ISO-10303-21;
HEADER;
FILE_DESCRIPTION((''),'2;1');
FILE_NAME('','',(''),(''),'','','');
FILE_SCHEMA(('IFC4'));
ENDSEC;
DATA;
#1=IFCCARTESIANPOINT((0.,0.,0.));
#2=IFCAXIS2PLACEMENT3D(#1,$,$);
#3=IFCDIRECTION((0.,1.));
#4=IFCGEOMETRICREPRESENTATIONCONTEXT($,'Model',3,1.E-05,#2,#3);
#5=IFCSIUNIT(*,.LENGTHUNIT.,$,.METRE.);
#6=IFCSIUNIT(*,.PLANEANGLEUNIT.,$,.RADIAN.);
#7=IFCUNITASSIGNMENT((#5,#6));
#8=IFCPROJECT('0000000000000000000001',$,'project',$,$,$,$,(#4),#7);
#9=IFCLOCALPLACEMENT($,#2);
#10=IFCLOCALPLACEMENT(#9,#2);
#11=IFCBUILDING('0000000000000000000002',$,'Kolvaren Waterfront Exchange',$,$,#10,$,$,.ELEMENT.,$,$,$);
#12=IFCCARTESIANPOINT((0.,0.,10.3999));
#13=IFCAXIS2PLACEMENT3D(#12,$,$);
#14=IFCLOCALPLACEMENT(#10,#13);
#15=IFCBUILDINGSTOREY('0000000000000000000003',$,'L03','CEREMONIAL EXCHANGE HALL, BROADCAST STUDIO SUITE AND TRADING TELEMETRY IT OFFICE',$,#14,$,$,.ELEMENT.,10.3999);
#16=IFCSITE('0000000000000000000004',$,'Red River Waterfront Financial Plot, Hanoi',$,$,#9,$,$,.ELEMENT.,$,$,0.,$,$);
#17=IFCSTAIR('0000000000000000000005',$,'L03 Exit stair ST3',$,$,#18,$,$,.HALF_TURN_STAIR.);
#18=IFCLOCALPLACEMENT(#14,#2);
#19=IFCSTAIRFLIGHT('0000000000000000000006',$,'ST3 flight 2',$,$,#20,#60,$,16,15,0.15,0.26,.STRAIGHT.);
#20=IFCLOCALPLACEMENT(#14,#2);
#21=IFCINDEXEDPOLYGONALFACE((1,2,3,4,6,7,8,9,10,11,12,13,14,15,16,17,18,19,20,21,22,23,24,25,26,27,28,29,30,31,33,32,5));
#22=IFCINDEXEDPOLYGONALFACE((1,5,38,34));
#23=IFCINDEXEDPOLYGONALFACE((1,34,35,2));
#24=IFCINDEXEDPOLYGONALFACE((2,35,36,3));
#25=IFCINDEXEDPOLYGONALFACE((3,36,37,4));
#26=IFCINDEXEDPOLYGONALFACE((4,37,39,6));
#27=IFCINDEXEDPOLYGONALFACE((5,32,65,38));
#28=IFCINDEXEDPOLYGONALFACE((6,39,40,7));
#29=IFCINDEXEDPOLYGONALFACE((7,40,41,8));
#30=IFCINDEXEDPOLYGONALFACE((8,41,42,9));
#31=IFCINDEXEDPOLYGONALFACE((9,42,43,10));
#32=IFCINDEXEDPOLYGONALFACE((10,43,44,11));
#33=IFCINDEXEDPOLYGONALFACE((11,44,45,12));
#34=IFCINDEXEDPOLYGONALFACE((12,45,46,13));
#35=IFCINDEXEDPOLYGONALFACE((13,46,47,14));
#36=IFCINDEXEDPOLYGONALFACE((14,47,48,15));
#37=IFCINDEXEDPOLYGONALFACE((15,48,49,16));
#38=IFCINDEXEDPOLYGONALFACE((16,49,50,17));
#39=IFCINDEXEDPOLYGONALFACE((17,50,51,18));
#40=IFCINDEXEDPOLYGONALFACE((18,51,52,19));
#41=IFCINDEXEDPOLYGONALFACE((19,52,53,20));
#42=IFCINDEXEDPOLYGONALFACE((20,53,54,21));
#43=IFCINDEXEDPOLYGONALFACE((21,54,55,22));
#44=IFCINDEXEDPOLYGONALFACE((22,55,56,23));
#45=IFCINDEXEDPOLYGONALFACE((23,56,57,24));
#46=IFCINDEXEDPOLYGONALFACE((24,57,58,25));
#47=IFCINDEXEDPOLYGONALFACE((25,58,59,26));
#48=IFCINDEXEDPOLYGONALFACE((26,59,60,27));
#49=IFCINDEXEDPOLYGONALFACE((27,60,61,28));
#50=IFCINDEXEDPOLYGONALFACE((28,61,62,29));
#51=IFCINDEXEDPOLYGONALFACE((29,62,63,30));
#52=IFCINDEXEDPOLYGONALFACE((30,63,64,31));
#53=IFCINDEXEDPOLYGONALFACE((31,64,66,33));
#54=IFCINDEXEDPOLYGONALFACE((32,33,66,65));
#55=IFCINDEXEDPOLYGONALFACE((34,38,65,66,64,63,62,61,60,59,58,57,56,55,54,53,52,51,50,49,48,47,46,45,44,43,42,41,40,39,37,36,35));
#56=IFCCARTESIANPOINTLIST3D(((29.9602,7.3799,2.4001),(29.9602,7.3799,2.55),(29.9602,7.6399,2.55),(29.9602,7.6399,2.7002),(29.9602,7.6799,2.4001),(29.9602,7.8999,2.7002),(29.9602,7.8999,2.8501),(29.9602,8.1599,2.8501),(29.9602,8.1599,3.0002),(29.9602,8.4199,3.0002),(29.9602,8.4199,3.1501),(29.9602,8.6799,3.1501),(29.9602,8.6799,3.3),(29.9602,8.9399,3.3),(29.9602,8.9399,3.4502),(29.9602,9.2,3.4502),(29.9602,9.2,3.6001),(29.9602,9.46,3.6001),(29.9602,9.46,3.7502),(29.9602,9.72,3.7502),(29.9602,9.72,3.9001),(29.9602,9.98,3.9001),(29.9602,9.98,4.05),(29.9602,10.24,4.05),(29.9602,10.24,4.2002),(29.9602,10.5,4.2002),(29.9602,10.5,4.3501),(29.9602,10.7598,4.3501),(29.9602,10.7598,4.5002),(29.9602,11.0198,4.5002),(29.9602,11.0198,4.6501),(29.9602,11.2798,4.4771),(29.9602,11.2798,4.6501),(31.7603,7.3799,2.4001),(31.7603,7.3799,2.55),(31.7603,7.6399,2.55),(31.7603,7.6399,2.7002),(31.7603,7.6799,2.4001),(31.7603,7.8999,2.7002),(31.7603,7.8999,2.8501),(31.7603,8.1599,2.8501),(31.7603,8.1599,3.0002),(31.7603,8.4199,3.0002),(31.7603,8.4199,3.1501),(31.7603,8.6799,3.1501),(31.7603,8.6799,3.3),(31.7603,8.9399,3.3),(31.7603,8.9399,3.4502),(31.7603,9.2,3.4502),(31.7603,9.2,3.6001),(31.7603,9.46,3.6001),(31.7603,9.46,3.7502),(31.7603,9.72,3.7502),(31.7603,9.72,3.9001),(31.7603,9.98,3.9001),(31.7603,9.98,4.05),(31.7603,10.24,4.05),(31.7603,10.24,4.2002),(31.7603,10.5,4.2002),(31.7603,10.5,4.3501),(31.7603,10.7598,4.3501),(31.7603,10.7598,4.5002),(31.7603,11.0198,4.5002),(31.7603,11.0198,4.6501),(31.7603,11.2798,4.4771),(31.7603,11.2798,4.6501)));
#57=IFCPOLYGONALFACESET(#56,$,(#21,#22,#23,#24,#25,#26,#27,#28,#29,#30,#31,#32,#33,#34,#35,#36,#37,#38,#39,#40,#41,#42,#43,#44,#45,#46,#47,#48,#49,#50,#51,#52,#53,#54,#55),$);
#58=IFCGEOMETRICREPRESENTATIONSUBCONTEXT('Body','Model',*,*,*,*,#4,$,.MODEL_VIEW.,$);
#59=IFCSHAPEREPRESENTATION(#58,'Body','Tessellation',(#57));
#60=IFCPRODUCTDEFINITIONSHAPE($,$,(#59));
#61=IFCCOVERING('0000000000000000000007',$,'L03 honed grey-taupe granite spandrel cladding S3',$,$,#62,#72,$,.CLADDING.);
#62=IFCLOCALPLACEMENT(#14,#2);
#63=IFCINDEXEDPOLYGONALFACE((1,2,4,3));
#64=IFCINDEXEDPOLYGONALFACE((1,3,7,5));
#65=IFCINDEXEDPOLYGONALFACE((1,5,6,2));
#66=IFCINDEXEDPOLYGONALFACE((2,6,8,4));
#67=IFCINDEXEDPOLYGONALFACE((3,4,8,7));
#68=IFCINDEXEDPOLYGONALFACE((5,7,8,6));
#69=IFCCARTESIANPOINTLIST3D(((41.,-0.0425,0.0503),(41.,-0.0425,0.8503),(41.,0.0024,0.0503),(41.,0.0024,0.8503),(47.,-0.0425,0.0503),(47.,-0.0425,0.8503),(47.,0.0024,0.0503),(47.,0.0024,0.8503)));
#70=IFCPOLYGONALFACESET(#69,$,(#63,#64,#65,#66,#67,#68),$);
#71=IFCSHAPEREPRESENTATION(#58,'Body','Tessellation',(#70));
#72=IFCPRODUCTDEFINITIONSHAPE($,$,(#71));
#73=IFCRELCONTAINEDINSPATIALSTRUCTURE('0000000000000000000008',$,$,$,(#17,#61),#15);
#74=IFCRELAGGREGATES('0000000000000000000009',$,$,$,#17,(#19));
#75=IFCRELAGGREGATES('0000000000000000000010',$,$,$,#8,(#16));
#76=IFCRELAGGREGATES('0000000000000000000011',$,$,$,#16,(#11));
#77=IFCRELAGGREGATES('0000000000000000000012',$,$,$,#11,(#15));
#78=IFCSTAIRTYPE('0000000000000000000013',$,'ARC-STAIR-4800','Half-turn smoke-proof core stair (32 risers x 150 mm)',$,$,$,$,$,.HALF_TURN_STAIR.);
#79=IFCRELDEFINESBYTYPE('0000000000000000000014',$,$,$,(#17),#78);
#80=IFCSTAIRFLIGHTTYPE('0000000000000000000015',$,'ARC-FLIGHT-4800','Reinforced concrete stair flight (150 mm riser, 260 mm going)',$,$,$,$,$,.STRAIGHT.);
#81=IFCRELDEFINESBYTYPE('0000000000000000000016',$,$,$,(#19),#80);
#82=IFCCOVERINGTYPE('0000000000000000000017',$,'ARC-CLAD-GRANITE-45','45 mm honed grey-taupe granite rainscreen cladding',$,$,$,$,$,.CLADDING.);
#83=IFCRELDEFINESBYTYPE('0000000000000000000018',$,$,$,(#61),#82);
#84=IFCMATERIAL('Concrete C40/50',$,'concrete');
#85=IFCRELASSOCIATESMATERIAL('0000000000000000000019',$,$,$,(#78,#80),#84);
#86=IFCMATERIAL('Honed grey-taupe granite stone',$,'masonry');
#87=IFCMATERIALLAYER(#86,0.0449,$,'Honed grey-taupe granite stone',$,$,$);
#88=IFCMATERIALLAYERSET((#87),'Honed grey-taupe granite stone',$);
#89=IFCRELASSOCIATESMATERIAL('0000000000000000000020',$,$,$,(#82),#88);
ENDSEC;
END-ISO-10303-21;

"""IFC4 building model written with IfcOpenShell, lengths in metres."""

from ifc_helpers import new_model, si_unit, direction, frame, origin, origin_2d, place, context, subcontext, project, spatial, polyline, rectangle, outline, extrude, material, layer, layer_set, type_object, element, aggregate, save


model = new_model("IFC4")

# Units and contexts
model_context = context("Model", 3, precision=1e-05, world=origin(), true_north=direction((0.0, 1.0)))
body_context = subcontext(model_context, "Body", "Model", "MODEL_VIEW")
ifc_project = project(units=[si_unit("LENGTHUNIT", "METRE"), si_unit("PLANEANGLEUNIT", "RADIAN")], contexts=[model_context])

# Site, building, storey
site_placement = place(None, origin())
site = spatial("IfcSite", under=ifc_project, at=site_placement, Name="Red River Waterfront Financial Plot, Hanoi", CompositionType="ELEMENT", RefElevation=0.0)
building_placement = place(site_placement, origin())
building = spatial("IfcBuilding", under=site, at=building_placement, Name="Kolvaren Waterfront Exchange", CompositionType="ELEMENT")
storey_placement = place(building_placement, frame((0.0, 0.0, 10.3999)))
storey = spatial("IfcBuildingStorey", under=building, at=storey_placement, Name="L03", Description="CEREMONIAL EXCHANGE HALL, BROADCAST STUDIO SUITE AND TRADING TELEMETRY IT OFFICE", CompositionType="ELEMENT", Elevation=10.3999)

# Shared definitions
ifc_material_1 = material(Name="Concrete C40/50", Category="concrete")

# Stair, stair flight
stair_type = type_object("IfcStairType", Name="ARC-STAIR-4800", Description="Half-turn smoke-proof core stair (32 risers x 150 mm)", PredefinedType="HALF_TURN_STAIR", material=ifc_material_1)
stair_placement = place(storey_placement, origin())
stair = element("IfcStair", 1, at=stair_placement, inside=storey, type_object=stair_type, Name="L03 Exit stair ST3", PredefinedType="HALF_TURN_STAIR")
stair_flight_type = type_object("IfcStairFlightType", Name="ARC-FLIGHT-4800", Description="Reinforced concrete stair flight (150 mm riser, 260 mm going)", PredefinedType="STRAIGHT", material=ifc_material_1)
stair_flight_placement = place(storey_placement, frame((30.8601, 7.3799, 2.4001), z_axis=(0.0, 0.0, 1.0), x_axis=(0.0, 1.0, 0.0)))
stair_flight = element("IfcStairFlight", 2, at=stair_flight_placement, type_object=stair_flight_type, Name="ST3 flight 2", NumberOfRisers=16, NumberOfTreads=15, PredefinedType="STRAIGHT", RiserHeight=0.15, TreadLength=0.26, context=body_context, shape_type="SweptSolid", body=[
    extrude(outline(polyline([(0.0, 0.0), (0.0, 0.1499), (0.26, 0.1499), (0.26, 0.3), (0.52, 0.3), (0.52, 0.45), (0.78, 0.45), (0.78, 0.6001), (1.04, 0.6001), (1.04, 0.75), (1.3, 0.75), (1.3, 0.8999), (1.5601, 0.8999), (1.5601, 1.05), (1.8201, 1.05), (1.8201, 1.2), (2.0801, 1.2), (2.0801, 1.3501), (2.3401, 1.3501), (2.3401, 1.5), (2.6001, 1.5), (2.6001, 1.6499), (2.8601, 1.6499), (2.8601, 1.8), (3.1201, 1.8), (3.1201, 1.95), (3.3799, 1.95), (3.3799, 2.1001), (3.6399, 2.1001), (3.6399, 2.25), (3.8999, 2.25), (3.8999, 2.3999), (3.8999, 2.0769), (0.3, 0.0), (0.0, 0.0)])), frame((0.0, 0.8999, 0.0), z_axis=(0.0, -1.0, 0.0), x_axis=(1.0, 0.0, 0.0)), (0.0, 0.0, 1.0), 1.8),
])
aggregate(stair, [stair_flight])

# Covering
ifc_material_2 = material(Name="Honed grey-taupe granite stone", Category="masonry")
ifc_layer_1 = layer(ifc_material_2, 0.0449, Name="Honed grey-taupe granite stone")
ifc_layer_set_1 = layer_set([ifc_layer_1], Name="Honed grey-taupe granite stone")
covering_type = type_object("IfcCoveringType", Name="ARC-CLAD-GRANITE-45", Description="45 mm honed grey-taupe granite rainscreen cladding", PredefinedType="CLADDING", material=ifc_layer_set_1)
covering_placement = place(storey_placement, frame((44.0, -0.02, 0.0503), z_axis=(0.0, 0.0, 1.0), x_axis=(1.0, 0.0, 0.0)))
element("IfcCovering", 3, at=covering_placement, inside=storey, type_object=covering_type, Name="L03 honed grey-taupe granite spandrel cladding S3", PredefinedType="CLADDING", context=body_context, shape_type="SweptSolid", body=[
    extrude(rectangle(XDim=6.0, YDim=0.0449, at=origin_2d()), origin(), (0.0, 0.0, 1.0), 0.8),
])

save(model, "model.ifc")
